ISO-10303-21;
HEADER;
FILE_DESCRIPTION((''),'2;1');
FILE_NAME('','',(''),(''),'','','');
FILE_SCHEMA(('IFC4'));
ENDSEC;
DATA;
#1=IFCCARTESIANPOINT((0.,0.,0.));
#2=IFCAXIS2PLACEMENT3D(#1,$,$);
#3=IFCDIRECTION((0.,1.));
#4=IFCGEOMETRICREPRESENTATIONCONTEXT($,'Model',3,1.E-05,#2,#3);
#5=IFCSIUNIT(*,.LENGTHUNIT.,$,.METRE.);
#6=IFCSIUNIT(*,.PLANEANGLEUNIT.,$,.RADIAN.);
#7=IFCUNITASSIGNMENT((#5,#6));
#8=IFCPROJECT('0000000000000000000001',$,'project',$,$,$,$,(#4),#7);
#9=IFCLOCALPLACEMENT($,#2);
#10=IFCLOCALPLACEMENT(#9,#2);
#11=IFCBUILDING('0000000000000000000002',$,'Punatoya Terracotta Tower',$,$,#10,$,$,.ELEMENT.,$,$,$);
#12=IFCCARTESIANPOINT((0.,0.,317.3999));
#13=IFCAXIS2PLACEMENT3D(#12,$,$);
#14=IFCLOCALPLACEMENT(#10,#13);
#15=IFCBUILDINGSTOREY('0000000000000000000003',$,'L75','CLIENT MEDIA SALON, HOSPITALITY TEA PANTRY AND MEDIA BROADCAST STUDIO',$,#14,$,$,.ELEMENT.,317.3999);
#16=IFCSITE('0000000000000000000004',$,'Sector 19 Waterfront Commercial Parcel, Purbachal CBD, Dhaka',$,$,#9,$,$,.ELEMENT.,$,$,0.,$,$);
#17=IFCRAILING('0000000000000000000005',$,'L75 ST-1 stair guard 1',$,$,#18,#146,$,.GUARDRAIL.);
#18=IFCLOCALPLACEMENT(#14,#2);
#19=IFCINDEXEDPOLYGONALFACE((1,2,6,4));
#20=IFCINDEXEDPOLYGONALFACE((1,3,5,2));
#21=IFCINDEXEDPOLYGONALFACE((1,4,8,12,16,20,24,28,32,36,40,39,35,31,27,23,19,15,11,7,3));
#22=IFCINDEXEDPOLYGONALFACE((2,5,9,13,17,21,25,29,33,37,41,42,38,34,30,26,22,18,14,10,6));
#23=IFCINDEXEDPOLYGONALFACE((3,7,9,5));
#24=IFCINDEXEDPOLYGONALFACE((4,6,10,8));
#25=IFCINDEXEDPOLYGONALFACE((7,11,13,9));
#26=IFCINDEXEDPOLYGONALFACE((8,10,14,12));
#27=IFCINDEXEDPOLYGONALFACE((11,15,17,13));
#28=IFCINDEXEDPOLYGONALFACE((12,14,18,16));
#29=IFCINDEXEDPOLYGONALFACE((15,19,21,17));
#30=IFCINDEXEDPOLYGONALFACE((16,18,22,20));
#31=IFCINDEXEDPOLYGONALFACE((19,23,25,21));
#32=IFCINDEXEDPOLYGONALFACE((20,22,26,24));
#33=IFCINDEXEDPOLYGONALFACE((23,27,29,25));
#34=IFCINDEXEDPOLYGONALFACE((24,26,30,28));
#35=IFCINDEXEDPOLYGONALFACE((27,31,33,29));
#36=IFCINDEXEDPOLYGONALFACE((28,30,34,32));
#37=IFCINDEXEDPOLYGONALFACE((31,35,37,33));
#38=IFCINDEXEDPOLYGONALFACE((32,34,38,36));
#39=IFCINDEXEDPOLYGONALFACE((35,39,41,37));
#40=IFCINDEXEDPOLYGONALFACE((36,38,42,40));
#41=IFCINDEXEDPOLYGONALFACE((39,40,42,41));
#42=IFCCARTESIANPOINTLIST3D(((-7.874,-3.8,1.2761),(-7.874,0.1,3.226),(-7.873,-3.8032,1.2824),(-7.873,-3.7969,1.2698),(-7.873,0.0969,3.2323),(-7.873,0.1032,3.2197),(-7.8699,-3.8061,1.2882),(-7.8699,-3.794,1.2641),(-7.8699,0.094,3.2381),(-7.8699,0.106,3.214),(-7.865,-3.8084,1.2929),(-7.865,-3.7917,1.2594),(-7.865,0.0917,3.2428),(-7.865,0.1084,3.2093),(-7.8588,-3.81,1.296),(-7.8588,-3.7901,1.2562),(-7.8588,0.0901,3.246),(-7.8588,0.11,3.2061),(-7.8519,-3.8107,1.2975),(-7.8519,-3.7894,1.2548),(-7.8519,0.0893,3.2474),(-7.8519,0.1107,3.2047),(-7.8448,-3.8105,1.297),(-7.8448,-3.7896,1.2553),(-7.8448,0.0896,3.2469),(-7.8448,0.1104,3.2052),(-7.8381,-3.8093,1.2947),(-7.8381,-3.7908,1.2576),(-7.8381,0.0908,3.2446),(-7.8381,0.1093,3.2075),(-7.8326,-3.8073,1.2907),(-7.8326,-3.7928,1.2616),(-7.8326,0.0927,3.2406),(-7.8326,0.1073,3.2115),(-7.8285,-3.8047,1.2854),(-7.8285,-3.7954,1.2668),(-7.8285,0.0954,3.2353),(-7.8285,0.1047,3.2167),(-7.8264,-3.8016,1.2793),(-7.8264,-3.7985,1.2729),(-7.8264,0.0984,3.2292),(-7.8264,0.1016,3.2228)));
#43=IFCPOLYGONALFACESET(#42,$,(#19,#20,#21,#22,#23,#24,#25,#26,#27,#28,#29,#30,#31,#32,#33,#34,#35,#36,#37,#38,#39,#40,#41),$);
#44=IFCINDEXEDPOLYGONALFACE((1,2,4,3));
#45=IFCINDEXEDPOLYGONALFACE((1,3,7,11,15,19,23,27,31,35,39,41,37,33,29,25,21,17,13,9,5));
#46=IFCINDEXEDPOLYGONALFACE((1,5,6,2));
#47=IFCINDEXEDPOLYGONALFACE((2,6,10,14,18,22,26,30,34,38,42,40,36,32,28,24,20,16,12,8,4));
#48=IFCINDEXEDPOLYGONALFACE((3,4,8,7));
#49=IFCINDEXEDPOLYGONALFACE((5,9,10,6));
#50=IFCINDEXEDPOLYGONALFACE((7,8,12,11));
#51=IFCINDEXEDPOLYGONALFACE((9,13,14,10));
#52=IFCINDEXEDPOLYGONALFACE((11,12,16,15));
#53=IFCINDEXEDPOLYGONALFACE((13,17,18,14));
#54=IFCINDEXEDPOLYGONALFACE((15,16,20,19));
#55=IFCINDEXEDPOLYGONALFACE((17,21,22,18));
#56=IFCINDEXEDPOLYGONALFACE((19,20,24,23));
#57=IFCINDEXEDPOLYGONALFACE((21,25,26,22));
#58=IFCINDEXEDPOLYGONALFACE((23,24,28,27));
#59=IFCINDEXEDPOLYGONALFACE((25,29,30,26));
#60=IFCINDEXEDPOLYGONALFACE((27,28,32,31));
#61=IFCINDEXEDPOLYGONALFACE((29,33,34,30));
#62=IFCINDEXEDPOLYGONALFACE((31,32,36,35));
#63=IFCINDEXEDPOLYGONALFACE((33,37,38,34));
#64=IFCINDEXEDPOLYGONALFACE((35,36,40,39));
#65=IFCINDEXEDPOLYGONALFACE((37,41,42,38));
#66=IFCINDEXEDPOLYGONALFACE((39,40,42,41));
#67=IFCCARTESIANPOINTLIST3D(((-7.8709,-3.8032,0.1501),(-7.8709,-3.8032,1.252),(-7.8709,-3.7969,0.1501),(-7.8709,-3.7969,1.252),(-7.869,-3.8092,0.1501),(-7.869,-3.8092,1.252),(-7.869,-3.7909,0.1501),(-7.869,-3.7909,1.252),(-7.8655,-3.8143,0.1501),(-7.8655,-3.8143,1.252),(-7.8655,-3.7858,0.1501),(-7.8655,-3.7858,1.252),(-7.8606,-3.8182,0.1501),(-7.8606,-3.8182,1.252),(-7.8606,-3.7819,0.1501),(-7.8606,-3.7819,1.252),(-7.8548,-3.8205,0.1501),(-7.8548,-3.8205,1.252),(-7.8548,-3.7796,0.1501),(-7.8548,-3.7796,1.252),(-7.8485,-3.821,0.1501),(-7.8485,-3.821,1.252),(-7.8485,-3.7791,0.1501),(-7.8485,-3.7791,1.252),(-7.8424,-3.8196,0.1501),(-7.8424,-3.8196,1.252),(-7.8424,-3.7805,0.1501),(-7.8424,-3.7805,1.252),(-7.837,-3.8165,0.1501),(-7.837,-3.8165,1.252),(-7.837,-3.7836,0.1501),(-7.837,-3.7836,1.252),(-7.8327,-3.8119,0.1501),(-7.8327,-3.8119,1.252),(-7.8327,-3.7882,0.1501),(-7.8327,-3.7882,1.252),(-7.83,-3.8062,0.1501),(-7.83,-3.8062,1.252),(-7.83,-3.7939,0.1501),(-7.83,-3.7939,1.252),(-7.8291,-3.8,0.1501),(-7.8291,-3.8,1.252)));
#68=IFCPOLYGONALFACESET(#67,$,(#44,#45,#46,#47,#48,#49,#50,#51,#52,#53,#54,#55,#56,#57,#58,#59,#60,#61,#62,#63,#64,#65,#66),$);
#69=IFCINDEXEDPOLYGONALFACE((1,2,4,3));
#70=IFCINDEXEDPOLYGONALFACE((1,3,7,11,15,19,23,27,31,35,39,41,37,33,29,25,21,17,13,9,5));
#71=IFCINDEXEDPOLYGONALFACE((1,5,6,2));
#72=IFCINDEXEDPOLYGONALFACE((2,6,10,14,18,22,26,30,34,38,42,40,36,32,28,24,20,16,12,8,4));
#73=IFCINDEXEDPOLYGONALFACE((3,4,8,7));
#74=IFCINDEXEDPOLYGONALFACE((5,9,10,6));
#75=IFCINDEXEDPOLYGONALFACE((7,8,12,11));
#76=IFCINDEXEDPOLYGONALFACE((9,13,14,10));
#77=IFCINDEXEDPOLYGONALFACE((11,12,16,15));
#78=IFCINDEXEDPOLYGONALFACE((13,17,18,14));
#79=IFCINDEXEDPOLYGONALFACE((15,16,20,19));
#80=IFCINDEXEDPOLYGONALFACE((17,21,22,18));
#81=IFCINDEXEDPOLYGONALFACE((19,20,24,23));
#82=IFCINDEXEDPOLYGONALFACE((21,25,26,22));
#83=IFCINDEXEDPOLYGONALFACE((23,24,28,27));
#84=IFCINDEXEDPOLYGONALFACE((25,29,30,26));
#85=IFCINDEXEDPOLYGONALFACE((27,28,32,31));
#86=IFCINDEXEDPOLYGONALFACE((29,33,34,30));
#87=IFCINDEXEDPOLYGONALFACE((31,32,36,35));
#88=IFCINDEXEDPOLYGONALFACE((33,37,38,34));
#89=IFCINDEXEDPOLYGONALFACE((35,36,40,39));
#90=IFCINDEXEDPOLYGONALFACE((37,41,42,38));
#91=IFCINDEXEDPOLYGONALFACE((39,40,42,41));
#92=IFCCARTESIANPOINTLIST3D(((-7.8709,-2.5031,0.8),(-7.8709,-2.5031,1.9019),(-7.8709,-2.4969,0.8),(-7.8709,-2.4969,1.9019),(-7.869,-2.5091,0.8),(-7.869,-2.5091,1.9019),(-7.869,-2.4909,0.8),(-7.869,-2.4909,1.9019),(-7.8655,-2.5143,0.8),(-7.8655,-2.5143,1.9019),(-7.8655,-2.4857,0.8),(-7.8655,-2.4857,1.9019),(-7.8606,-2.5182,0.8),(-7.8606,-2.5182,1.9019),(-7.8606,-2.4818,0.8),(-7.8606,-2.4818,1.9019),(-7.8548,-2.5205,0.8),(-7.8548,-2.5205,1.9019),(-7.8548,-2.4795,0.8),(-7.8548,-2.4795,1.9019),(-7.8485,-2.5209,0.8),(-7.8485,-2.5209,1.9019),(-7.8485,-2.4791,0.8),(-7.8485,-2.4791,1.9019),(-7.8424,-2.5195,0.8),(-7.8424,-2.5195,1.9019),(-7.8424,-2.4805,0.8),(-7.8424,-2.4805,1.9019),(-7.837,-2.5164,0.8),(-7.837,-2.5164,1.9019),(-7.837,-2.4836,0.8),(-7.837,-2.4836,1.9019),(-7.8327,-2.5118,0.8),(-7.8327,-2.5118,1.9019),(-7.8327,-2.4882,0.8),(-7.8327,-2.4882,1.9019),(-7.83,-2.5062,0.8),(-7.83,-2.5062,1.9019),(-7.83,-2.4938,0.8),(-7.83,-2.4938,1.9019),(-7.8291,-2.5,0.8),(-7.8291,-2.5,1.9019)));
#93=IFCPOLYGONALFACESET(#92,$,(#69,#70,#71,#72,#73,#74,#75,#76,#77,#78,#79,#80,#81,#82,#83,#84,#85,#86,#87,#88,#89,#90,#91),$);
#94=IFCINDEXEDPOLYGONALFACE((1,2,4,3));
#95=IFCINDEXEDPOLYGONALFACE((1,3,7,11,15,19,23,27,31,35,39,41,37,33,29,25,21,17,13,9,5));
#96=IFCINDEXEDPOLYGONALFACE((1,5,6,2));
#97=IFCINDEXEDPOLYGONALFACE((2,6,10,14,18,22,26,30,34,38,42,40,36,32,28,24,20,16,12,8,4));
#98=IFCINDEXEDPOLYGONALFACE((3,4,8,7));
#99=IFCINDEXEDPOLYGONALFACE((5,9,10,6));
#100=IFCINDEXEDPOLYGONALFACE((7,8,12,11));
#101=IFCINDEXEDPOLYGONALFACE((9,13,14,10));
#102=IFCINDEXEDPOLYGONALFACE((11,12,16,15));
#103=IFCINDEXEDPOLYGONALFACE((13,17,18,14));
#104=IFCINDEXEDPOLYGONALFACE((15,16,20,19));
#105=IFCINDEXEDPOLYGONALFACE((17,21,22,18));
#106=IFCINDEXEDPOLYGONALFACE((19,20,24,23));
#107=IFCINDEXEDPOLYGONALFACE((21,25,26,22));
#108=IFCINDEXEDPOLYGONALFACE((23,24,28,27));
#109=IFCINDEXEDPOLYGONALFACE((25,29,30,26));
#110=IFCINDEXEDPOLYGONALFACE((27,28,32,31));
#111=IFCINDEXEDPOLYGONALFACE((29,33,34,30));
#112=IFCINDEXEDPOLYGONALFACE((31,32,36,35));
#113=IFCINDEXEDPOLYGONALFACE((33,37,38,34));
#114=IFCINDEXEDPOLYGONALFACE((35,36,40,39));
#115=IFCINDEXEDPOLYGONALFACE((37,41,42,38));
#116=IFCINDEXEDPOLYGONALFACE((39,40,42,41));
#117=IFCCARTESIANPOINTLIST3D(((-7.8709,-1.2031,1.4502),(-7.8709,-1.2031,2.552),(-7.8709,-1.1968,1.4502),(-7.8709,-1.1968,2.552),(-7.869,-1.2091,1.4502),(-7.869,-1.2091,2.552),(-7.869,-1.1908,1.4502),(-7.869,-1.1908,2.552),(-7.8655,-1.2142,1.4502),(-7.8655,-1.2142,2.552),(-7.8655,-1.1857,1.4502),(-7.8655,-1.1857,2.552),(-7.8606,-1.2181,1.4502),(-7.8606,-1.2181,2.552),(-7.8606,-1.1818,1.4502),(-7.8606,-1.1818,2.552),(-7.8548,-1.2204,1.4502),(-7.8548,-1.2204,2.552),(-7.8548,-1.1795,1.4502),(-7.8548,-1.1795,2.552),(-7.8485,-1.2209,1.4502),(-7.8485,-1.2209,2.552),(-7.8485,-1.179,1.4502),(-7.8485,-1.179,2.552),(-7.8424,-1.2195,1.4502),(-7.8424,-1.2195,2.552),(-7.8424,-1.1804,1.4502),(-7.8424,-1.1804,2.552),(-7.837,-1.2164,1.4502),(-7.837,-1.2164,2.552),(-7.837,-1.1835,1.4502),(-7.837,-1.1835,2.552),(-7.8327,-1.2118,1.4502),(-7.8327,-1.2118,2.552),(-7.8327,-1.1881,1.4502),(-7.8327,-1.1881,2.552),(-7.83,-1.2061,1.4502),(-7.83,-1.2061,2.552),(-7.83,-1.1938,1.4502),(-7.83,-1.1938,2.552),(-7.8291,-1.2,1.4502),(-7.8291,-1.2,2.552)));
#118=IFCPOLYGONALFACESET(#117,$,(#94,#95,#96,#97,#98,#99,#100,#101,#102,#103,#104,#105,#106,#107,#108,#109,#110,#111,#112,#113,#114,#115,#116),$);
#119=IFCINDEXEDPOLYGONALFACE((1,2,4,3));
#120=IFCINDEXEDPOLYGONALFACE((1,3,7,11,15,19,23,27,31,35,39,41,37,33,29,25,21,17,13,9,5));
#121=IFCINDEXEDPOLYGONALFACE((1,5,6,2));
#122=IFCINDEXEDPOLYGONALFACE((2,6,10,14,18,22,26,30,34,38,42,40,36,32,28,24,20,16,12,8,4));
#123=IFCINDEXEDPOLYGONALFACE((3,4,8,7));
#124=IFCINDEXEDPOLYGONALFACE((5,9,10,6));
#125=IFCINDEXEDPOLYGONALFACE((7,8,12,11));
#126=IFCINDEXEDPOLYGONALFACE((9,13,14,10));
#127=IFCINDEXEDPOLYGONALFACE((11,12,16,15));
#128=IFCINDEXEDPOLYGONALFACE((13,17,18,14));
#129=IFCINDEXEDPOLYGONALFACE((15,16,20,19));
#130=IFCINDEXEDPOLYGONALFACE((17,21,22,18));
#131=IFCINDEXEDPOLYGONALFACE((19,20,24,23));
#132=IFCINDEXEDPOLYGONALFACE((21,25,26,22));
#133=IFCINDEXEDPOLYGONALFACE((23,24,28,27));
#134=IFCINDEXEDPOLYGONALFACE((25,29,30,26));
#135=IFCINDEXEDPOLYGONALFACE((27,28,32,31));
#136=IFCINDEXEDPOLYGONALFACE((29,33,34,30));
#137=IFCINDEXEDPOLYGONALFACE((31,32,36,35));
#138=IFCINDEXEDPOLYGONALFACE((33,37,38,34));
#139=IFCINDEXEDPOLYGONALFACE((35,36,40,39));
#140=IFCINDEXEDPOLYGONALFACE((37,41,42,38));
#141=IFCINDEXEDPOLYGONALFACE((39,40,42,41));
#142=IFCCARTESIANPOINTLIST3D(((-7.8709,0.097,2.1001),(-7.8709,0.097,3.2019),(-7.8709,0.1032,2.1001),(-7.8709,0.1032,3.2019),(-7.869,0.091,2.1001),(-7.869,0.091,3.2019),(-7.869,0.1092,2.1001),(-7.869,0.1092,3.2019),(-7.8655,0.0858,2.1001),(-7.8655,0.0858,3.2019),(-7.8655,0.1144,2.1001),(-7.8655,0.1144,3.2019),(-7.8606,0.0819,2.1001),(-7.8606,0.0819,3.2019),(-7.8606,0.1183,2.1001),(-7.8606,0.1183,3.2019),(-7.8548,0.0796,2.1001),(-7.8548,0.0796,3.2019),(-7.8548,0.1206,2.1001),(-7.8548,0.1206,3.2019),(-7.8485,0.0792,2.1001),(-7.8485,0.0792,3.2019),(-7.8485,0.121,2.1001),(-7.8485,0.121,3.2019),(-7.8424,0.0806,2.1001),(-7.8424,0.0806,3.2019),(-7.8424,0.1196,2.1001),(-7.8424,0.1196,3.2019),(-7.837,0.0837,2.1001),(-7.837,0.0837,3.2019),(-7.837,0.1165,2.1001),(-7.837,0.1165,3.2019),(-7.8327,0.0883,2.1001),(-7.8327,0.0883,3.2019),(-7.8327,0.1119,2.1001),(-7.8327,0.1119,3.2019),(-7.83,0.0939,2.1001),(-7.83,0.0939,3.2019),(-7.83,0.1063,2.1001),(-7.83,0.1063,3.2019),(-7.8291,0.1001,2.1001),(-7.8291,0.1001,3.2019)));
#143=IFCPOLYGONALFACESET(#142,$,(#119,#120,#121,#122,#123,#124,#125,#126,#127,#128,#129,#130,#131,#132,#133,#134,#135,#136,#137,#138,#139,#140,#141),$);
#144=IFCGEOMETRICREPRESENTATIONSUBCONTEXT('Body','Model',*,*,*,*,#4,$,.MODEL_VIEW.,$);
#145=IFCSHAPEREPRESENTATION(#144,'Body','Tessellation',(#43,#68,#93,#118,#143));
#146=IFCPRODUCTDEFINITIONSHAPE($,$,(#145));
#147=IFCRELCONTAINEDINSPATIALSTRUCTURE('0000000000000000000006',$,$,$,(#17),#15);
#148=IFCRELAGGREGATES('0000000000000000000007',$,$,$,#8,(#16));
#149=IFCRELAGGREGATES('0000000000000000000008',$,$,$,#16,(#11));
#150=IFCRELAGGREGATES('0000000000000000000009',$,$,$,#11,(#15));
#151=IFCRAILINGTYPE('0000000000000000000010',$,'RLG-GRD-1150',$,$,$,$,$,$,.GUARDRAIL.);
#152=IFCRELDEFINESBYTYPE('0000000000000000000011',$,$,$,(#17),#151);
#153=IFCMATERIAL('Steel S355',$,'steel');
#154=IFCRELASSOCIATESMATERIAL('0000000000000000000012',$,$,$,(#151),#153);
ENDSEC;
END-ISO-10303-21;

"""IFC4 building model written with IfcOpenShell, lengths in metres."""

from ifc_helpers import new_model, si_unit, direction, frame, origin, origin_2d, place, context, subcontext, project, spatial, circle, extrude, material, type_object, element, save


model = new_model("IFC4")

# Units and contexts
model_context = context("Model", 3, precision=1e-05, world=origin(), true_north=direction((0.0, 1.0)))
body_context = subcontext(model_context, "Body", "Model", "MODEL_VIEW")
ifc_project = project(units=[si_unit("LENGTHUNIT", "METRE"), si_unit("PLANEANGLEUNIT", "RADIAN")], contexts=[model_context])

# Site, building, storey
site_placement = place(None, origin())
site = spatial("IfcSite", under=ifc_project, at=site_placement, Name="Sector 19 Waterfront Commercial Parcel, Purbachal CBD, Dhaka", CompositionType="ELEMENT", RefElevation=0.0)
building_placement = place(site_placement, origin())
building = spatial("IfcBuilding", under=site, at=building_placement, Name="Punatoya Terracotta Tower", CompositionType="ELEMENT")
storey_placement = place(building_placement, frame((0.0, 0.0, 317.3999)))
storey = spatial("IfcBuildingStorey", under=building, at=storey_placement, Name="L75", Description="CLIENT MEDIA SALON, HOSPITALITY TEA PANTRY AND MEDIA BROADCAST STUDIO", CompositionType="ELEMENT", Elevation=317.3999)

# Railing
ifc_material_1 = material(Name="Steel S355", Category="steel")
railing_type_1 = type_object("IfcRailingType", Name="RLG-GRD-1150", PredefinedType="GUARDRAIL", material=ifc_material_1)
railing_1_placement = place(storey_placement, frame((-7.8501, -3.8, 0.1501)))
element("IfcRailing", 1, at=railing_1_placement, inside=storey, type_object=railing_type_1, Name="L75 ST-1 stair guard 1", PredefinedType="GUARDRAIL", context=body_context, shape_type="SweptSolid", body=[
    extrude(circle(Radius=0.0239, at=origin_2d()), frame((0.0, 0.0, 1.126), z_axis=(0.0, 0.894438, 0.447191), x_axis=(-1.0, 0.0, 0.0)), (0.0, 0.0, 1.0), 4.3604),
    extrude(circle(Radius=0.021, at=origin_2d()), origin(), (0.0, 0.0, 1.0), 1.1018),
    extrude(circle(Radius=0.021, at=origin_2d()), frame((0.0, 1.3, 0.6499)), (0.0, 0.0, 1.0), 1.1018),
    extrude(circle(Radius=0.021, at=origin_2d()), frame((0.0, 2.6001, 1.3)), (0.0, 0.0, 1.0), 1.1018),
    extrude(circle(Radius=0.021, at=origin_2d()), frame((0.0, 3.9001, 1.95)), (0.0, 0.0, 1.0), 1.1018),
])

save(model, "model.ifc")
